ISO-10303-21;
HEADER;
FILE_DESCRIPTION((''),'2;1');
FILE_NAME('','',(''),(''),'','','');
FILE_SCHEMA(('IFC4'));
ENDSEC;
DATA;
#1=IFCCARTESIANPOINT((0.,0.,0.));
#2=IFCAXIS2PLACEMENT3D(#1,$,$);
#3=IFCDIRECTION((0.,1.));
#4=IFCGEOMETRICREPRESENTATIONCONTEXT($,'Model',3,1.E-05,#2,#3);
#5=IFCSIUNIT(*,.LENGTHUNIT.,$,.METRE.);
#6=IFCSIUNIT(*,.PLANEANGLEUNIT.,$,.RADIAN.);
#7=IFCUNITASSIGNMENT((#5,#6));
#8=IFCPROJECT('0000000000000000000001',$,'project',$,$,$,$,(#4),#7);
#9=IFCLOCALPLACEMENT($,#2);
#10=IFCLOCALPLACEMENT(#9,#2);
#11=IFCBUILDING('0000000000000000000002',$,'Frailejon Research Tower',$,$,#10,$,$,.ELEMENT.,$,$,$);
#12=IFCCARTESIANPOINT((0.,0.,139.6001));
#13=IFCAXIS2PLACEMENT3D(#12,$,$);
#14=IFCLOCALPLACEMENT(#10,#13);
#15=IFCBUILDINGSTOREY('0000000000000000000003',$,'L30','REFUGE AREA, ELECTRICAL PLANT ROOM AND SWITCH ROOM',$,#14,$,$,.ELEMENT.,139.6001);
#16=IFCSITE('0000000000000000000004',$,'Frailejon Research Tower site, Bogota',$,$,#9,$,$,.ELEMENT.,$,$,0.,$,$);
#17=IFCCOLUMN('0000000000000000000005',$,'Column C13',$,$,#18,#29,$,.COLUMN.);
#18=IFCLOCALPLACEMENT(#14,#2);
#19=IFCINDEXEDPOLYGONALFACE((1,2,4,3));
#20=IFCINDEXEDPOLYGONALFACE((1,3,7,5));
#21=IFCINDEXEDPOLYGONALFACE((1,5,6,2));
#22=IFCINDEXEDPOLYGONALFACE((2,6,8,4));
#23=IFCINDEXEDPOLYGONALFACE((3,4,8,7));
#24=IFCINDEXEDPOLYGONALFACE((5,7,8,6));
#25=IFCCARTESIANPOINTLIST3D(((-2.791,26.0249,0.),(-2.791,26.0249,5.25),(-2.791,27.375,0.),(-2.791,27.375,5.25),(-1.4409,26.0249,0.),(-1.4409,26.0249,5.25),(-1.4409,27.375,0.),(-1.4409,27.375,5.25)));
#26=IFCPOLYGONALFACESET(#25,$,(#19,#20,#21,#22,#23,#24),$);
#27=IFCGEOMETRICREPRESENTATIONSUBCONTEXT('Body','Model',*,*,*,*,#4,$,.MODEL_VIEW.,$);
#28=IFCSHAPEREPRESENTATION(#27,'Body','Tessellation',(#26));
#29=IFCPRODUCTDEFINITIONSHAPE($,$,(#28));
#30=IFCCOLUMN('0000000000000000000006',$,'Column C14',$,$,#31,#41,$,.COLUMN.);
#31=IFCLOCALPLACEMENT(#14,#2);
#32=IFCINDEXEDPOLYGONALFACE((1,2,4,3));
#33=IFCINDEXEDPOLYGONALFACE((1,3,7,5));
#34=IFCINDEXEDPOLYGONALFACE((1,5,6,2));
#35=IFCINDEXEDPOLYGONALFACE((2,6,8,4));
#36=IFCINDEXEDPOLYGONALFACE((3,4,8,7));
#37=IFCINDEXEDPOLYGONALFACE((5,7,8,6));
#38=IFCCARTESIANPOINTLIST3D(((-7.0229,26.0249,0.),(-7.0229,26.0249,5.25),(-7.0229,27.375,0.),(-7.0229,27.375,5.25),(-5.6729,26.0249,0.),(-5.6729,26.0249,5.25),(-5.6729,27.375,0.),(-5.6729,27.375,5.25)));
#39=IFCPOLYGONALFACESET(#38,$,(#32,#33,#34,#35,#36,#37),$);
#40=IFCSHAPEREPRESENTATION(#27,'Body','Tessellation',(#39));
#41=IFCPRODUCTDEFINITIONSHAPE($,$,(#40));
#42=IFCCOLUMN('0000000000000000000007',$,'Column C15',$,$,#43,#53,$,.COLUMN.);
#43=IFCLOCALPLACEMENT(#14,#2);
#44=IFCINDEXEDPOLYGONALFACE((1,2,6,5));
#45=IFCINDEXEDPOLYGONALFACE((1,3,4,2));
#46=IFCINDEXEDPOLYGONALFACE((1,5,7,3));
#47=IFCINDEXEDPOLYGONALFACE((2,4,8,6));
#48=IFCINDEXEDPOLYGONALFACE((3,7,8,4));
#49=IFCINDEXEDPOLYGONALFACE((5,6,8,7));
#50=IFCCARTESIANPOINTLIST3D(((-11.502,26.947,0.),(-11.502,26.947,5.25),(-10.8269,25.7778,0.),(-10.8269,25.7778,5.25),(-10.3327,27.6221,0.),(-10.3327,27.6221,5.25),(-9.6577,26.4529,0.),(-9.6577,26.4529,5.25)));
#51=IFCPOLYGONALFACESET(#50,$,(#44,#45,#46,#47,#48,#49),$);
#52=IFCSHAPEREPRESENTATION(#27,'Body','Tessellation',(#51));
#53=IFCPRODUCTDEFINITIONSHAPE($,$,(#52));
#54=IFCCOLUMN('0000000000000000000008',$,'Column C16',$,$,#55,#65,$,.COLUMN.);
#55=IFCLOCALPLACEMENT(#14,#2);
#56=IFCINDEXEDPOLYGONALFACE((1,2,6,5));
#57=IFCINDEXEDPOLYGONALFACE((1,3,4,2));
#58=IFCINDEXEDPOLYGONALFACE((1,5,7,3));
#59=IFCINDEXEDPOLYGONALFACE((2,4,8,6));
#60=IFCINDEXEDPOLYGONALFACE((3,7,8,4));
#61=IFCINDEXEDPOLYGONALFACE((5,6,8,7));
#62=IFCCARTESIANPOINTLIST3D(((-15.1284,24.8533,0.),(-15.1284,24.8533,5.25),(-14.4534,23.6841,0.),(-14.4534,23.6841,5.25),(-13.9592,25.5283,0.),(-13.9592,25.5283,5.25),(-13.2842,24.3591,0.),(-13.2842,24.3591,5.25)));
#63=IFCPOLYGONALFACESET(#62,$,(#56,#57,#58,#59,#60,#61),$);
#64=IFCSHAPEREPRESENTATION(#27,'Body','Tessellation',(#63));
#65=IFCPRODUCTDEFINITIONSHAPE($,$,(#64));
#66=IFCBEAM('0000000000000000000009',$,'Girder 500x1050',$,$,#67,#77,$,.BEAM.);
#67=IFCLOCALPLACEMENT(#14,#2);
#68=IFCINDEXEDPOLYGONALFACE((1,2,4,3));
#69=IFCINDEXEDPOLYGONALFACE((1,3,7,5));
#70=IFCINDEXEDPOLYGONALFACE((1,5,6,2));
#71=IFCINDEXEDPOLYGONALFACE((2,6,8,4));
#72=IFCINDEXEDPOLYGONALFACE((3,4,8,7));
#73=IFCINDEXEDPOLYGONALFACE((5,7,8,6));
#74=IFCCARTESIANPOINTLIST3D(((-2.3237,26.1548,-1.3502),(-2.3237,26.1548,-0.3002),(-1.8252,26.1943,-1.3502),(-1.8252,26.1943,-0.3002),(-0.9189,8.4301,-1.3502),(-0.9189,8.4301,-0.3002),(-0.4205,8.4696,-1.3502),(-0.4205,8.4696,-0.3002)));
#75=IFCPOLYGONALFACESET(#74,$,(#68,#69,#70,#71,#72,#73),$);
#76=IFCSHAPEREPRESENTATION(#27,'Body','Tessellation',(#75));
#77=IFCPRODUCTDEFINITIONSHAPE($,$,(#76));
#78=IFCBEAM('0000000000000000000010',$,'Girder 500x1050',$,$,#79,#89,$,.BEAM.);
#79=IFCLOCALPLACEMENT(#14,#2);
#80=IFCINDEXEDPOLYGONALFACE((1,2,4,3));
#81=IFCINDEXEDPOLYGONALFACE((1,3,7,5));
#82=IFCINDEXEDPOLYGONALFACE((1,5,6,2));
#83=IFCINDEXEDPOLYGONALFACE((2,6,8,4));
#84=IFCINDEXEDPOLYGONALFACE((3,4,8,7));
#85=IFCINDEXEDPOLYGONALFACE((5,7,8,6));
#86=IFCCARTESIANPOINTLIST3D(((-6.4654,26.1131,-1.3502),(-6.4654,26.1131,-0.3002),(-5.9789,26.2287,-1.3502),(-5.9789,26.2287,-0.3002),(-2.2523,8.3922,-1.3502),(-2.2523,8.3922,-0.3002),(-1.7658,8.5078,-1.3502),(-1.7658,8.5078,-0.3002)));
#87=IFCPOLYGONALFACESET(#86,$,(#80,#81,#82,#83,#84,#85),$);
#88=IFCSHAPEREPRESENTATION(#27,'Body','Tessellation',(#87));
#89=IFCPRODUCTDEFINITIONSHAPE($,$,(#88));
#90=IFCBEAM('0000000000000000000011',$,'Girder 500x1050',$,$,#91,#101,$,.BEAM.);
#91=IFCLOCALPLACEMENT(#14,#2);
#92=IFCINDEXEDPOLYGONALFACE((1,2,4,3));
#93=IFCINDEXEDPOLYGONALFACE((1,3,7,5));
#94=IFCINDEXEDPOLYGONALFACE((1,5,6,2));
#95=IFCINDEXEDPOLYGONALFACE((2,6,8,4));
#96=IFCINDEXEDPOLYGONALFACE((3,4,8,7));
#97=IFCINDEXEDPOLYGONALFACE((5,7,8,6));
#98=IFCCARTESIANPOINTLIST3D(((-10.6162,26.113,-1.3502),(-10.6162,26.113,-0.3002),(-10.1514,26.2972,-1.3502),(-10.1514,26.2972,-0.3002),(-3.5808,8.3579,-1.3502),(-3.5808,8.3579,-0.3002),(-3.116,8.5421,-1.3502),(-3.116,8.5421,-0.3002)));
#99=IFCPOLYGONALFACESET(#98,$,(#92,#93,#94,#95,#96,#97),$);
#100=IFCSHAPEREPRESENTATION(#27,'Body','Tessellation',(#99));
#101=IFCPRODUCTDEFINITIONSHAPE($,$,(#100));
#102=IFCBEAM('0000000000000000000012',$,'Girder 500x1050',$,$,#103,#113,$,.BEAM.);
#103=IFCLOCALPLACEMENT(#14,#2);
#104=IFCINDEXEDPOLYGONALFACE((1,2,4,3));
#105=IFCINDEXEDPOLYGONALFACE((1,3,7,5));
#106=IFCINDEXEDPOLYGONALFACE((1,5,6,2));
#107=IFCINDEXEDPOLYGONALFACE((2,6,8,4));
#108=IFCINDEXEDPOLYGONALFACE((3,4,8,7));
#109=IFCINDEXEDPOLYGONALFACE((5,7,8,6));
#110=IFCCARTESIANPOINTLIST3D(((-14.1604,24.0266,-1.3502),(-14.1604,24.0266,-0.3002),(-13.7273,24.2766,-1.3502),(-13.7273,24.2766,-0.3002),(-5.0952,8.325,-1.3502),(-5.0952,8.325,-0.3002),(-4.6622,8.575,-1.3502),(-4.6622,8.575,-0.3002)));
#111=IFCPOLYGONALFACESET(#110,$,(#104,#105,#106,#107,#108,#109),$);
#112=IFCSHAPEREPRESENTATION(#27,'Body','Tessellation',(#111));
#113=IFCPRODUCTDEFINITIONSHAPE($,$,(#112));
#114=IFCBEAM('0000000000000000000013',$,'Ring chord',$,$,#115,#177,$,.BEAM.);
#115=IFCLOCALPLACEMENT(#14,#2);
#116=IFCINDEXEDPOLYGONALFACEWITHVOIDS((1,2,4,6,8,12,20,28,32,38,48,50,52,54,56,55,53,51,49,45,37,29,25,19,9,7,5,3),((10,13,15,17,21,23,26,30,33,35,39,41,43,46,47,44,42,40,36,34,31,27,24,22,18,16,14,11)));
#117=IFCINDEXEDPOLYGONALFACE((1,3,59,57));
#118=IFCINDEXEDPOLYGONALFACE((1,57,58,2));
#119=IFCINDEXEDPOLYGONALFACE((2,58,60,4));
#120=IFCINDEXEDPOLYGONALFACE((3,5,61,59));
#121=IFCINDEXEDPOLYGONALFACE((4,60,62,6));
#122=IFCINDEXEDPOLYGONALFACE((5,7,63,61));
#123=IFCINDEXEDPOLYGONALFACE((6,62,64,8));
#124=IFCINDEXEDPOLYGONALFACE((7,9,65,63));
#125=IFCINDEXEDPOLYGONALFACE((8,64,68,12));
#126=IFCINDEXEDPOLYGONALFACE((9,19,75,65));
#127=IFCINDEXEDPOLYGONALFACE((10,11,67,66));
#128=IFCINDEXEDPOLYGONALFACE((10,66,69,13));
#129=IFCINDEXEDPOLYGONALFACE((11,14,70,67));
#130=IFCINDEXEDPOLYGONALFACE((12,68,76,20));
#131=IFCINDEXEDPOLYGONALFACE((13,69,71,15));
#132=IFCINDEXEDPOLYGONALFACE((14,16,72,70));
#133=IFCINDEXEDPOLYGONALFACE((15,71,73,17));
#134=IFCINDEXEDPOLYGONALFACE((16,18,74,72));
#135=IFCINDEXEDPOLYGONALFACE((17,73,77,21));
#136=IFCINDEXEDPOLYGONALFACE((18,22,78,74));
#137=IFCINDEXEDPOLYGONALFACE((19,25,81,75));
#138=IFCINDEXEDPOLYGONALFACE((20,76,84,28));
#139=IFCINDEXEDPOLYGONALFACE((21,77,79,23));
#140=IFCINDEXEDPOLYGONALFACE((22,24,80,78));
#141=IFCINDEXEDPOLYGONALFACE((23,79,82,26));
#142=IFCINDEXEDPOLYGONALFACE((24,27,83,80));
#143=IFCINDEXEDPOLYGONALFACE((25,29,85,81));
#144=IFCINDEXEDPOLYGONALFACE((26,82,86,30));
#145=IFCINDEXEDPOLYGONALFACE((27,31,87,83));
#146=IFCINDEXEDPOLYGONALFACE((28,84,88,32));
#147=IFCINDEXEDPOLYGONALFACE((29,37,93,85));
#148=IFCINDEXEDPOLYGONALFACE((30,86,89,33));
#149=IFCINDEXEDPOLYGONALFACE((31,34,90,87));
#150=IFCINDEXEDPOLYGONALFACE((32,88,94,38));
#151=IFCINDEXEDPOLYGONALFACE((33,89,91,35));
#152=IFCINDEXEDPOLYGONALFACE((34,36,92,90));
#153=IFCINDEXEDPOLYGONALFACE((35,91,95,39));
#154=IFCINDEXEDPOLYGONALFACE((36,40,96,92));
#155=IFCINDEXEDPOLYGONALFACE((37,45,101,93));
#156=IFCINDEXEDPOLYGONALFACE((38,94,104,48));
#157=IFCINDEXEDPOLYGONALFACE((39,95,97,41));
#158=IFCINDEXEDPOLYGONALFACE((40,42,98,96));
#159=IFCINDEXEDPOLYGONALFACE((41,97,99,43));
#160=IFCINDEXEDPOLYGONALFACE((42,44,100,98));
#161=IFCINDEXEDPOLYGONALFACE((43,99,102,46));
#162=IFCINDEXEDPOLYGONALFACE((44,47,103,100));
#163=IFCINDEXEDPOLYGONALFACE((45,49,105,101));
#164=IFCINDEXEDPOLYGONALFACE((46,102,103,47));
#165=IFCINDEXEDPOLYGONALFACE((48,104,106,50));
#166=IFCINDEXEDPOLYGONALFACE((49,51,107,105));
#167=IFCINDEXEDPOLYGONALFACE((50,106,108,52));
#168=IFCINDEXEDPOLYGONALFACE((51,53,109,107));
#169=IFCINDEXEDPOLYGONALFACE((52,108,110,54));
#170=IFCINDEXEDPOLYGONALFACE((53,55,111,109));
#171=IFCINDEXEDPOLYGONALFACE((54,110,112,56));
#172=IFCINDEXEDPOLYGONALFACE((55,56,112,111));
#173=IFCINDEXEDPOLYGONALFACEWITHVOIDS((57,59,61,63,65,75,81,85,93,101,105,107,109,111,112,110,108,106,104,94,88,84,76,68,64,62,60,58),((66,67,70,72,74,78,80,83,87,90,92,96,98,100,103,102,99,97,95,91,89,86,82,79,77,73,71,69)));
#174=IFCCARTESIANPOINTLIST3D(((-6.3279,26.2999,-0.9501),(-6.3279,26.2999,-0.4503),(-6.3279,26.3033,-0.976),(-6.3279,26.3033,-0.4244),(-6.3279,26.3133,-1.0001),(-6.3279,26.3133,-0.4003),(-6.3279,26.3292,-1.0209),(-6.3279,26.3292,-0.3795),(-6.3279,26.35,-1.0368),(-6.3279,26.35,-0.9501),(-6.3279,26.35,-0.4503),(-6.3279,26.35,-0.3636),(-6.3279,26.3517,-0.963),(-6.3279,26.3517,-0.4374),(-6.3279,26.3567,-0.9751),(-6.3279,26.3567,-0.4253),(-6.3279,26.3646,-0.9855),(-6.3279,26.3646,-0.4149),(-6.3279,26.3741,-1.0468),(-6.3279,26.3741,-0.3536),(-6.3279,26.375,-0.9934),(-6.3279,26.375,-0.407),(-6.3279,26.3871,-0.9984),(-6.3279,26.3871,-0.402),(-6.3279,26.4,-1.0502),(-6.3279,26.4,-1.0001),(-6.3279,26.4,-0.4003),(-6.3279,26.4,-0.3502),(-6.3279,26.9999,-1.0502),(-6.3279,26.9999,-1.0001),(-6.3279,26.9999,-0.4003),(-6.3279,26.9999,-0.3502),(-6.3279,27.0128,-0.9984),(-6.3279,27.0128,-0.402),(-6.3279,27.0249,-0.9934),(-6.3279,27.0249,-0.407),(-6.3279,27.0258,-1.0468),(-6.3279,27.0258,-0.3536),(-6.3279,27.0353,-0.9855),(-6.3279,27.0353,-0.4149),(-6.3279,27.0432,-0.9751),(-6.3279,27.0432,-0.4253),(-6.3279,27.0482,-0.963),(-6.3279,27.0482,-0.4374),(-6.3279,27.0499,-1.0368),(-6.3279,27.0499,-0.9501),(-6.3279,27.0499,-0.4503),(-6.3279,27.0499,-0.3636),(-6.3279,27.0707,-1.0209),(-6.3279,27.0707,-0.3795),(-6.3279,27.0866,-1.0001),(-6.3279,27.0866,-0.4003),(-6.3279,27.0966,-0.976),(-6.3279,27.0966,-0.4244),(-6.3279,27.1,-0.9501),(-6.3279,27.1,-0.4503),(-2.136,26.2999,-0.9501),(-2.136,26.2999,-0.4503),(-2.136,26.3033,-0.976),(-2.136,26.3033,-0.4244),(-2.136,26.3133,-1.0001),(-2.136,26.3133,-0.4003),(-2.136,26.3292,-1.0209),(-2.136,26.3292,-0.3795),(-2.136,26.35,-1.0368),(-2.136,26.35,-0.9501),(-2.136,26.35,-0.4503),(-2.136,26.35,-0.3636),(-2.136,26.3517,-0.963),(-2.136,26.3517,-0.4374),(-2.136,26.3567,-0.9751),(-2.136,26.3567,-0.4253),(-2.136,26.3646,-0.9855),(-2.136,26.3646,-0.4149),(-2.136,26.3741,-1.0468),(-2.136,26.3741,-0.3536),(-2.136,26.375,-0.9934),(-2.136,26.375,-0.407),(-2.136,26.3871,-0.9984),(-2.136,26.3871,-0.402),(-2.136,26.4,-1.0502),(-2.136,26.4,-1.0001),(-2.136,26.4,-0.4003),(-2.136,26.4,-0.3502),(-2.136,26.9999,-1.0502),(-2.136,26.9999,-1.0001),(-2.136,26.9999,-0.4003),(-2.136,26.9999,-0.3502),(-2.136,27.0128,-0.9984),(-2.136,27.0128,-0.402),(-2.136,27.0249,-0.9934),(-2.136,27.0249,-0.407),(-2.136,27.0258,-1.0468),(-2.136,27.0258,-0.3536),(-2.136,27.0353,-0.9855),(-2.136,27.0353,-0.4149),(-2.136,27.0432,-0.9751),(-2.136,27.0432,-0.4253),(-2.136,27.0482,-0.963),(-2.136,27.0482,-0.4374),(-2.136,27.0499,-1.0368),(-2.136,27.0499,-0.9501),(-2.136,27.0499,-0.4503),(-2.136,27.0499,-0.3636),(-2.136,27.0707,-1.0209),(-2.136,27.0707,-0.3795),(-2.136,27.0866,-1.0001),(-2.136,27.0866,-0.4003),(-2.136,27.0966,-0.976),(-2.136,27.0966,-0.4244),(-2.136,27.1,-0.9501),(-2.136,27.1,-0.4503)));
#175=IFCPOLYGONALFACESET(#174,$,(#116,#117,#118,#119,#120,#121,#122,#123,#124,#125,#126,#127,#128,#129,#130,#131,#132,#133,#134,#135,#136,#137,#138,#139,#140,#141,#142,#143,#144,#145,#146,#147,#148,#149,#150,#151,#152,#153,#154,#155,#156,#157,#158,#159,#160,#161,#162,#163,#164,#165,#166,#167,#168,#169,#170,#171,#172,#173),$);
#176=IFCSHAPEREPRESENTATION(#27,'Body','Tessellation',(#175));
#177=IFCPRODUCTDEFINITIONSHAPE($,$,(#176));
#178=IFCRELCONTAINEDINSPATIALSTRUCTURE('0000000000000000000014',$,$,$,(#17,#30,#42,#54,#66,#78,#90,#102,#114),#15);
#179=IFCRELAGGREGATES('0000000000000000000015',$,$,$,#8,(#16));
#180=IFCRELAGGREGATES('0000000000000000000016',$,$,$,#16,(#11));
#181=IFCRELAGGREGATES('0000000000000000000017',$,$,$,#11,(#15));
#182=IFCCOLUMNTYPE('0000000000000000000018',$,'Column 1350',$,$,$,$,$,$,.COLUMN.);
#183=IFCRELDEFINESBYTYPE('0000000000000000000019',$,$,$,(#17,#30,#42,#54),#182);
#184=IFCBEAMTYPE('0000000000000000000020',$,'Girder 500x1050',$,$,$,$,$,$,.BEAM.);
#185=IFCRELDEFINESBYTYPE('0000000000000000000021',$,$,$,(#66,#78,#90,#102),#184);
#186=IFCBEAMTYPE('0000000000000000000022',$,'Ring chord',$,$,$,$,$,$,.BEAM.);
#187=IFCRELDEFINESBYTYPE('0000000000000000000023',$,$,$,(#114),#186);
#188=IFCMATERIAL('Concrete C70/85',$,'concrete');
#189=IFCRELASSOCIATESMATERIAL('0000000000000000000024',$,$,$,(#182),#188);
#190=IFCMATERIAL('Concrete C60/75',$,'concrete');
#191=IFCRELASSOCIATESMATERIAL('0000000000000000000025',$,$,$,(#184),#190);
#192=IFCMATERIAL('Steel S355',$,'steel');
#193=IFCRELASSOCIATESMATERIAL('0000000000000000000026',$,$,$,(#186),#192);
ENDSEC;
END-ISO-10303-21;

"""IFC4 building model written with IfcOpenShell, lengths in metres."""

from ifc_helpers import new_model, si_unit, direction, frame, origin, origin_2d, place, context, subcontext, project, spatial, rectangle, hollow_rectangle, extrude, material, material_profile, profile_set, type_object, element, save


model = new_model("IFC4")

# Units and contexts
model_context = context("Model", 3, precision=1e-05, world=origin(), true_north=direction((0.0, 1.0)))
body_context = subcontext(model_context, "Body", "Model", "MODEL_VIEW")
ifc_project = project(units=[si_unit("LENGTHUNIT", "METRE"), si_unit("PLANEANGLEUNIT", "RADIAN")], contexts=[model_context])

# Site, building, storey
site_placement = place(None, origin())
site = spatial("IfcSite", under=ifc_project, at=site_placement, Name="Frailejon Research Tower site, Bogota", CompositionType="ELEMENT", RefElevation=0.0)
building_placement = place(site_placement, origin())
building = spatial("IfcBuilding", under=site, at=building_placement, Name="Frailejon Research Tower", CompositionType="ELEMENT")
storey_placement = place(building_placement, frame((0.0, 0.0, 139.6001)))
storey = spatial("IfcBuildingStorey", under=building, at=storey_placement, Name="L30", Description="REFUGE AREA, ELECTRICAL PLANT ROOM AND SWITCH ROOM", CompositionType="ELEMENT", Elevation=139.6001)

# Columns
ifc_material_1 = material(Name="Concrete C70/85", Category="concrete")
ifc_material_profile_1 = material_profile(ifc_material_1, rectangle(XDim=1.3501, YDim=1.3501, at=origin_2d()), Name="Column 1350")
ifc_profile_set_1 = profile_set([ifc_material_profile_1], Name="Concrete C70/85")
column_type = type_object("IfcColumnType", Name="Column 1350", PredefinedType="COLUMN", material=ifc_profile_set_1)
for number, where, z_axis, x_axis, name in (
    (1, (-2.116, 26.7, 0.0), (0.0, 0.0, 1.0), (-1.0, 0.0, 0.0), "Column C13"),
    (2, (-6.3479, 26.7, 0.0), (0.0, 0.0, 1.0), (-1.0, 0.0, 0.0), "Column C14"),
    (3, (-10.5798, 26.7, 0.0), (0.0, 0.0, 1.0), (-0.866025, -0.5, 0.0), "Column C15"),
    (4, (-14.2063, 24.6062, 0.0), (0.0, 0.0, 1.0), (-0.866025, -0.5, 0.0), "Column C16"),
):
    element("IfcColumn", number, at=place(storey_placement, frame(where, z_axis=z_axis, x_axis=x_axis)), inside=storey, type_object=column_type, Name=name, PredefinedType="COLUMN", context=body_context, shape_type="SweptSolid", body=[
        extrude(rectangle(XDim=1.3501, YDim=1.3501, at=origin_2d()), origin(), (0.0, 0.0, 1.0), 5.25),
    ])

# Beams
ifc_material_2 = material(Name="Concrete C60/75", Category="concrete")
ifc_material_profile_2 = material_profile(ifc_material_2, rectangle(XDim=0.5, YDim=1.05, at=origin_2d()), Name="Girder 500x1050")
ifc_profile_set_2 = profile_set([ifc_material_profile_2], Name="Concrete C60/75")
beam_type_1 = type_object("IfcBeamType", Name="Girder 500x1050", PredefinedType="BEAM", material=ifc_profile_set_2)
beam_1_placement = place(storey_placement, frame((-2.0745, 26.1746, -0.8252), z_axis=(0.079008, -0.996874, 0.0), x_axis=(0.996874, 0.079008, 0.0)))
element("IfcBeam", 5, at=beam_1_placement, inside=storey, type_object=beam_type_1, Name="Girder 500x1050", PredefinedType="BEAM", context=body_context, shape_type="SweptSolid", body=[
    extrude(rectangle(XDim=0.5, YDim=1.05, at=origin_2d()), origin(), (0.0, 0.0, 1.0), 17.7803),
])
beam_2_placement = place(storey_placement, frame((-6.2222, 26.1709, -0.8252), z_axis=(0.231302, -0.972882, 0.0), x_axis=(0.972882, 0.231302, 0.0)))
element("IfcBeam", 6, at=beam_2_placement, inside=storey, type_object=beam_type_1, Name="Girder 500x1050", PredefinedType="BEAM", context=body_context, shape_type="SweptSolid", body=[
    extrude(rectangle(XDim=0.5, YDim=1.05, at=origin_2d()), origin(), (0.0, 0.0, 1.0), 18.2148),
])
beam_3_placement = place(storey_placement, frame((-10.3838, 26.2051, -0.8252), z_axis=(0.36838, -0.929675, 0.0), x_axis=(0.929675, 0.36838, 0.0)))
element("IfcBeam", 7, at=beam_3_placement, inside=storey, type_object=beam_type_1, Name="Girder 500x1050", PredefinedType="BEAM", context=body_context, shape_type="SweptSolid", body=[
    extrude(rectangle(XDim=0.5, YDim=1.05, at=origin_2d()), origin(), (0.0, 0.0, 1.0), 19.0981),
])
beam_4_placement = place(storey_placement, frame((-13.9438, 24.1516, -0.8252), z_axis=(0.499993, -0.86603, 0.0), x_axis=(0.86603, 0.499993, 0.0)))
element("IfcBeam", 8, at=beam_4_placement, inside=storey, type_object=beam_type_1, Name="Girder 500x1050", PredefinedType="BEAM", context=body_context, shape_type="SweptSolid", body=[
    extrude(rectangle(XDim=0.5, YDim=1.05, at=origin_2d()), origin(), (0.0, 0.0, 1.0), 18.1306),
])
ifc_material_3 = material(Name="Steel S355", Category="steel")
ifc_material_profile_3 = material_profile(ifc_material_3, hollow_rectangle(XDim=0.8, YDim=0.7, WallThickness=0.05, InnerFilletRadius=0.05, OuterFilletRadius=0.1001, at=origin_2d()), Name="Ring chord")
ifc_profile_set_3 = profile_set([ifc_material_profile_3], Name="Steel S355")
beam_type_2 = type_object("IfcBeamType", Name="Ring chord", PredefinedType="BEAM", material=ifc_profile_set_3)
for number, where, z_axis, x_axis, name in (
    (9, (-2.136, 26.7, -0.7002), (-1.0, 0.0, 0.0), (0.0, -1.0, 0.0), "Ring chord"),
):
    element("IfcBeam", number, at=place(storey_placement, frame(where, z_axis=z_axis, x_axis=x_axis)), inside=storey, type_object=beam_type_2, Name=name, PredefinedType="BEAM", context=body_context, shape_type="SweptSolid", body=[
        extrude(hollow_rectangle(XDim=0.8, YDim=0.7, WallThickness=0.05, InnerFilletRadius=0.05, OuterFilletRadius=0.1001, at=origin_2d()), origin(), (0.0, 0.0, 1.0), 4.1919),
    ])

save(model, "model.ifc")
